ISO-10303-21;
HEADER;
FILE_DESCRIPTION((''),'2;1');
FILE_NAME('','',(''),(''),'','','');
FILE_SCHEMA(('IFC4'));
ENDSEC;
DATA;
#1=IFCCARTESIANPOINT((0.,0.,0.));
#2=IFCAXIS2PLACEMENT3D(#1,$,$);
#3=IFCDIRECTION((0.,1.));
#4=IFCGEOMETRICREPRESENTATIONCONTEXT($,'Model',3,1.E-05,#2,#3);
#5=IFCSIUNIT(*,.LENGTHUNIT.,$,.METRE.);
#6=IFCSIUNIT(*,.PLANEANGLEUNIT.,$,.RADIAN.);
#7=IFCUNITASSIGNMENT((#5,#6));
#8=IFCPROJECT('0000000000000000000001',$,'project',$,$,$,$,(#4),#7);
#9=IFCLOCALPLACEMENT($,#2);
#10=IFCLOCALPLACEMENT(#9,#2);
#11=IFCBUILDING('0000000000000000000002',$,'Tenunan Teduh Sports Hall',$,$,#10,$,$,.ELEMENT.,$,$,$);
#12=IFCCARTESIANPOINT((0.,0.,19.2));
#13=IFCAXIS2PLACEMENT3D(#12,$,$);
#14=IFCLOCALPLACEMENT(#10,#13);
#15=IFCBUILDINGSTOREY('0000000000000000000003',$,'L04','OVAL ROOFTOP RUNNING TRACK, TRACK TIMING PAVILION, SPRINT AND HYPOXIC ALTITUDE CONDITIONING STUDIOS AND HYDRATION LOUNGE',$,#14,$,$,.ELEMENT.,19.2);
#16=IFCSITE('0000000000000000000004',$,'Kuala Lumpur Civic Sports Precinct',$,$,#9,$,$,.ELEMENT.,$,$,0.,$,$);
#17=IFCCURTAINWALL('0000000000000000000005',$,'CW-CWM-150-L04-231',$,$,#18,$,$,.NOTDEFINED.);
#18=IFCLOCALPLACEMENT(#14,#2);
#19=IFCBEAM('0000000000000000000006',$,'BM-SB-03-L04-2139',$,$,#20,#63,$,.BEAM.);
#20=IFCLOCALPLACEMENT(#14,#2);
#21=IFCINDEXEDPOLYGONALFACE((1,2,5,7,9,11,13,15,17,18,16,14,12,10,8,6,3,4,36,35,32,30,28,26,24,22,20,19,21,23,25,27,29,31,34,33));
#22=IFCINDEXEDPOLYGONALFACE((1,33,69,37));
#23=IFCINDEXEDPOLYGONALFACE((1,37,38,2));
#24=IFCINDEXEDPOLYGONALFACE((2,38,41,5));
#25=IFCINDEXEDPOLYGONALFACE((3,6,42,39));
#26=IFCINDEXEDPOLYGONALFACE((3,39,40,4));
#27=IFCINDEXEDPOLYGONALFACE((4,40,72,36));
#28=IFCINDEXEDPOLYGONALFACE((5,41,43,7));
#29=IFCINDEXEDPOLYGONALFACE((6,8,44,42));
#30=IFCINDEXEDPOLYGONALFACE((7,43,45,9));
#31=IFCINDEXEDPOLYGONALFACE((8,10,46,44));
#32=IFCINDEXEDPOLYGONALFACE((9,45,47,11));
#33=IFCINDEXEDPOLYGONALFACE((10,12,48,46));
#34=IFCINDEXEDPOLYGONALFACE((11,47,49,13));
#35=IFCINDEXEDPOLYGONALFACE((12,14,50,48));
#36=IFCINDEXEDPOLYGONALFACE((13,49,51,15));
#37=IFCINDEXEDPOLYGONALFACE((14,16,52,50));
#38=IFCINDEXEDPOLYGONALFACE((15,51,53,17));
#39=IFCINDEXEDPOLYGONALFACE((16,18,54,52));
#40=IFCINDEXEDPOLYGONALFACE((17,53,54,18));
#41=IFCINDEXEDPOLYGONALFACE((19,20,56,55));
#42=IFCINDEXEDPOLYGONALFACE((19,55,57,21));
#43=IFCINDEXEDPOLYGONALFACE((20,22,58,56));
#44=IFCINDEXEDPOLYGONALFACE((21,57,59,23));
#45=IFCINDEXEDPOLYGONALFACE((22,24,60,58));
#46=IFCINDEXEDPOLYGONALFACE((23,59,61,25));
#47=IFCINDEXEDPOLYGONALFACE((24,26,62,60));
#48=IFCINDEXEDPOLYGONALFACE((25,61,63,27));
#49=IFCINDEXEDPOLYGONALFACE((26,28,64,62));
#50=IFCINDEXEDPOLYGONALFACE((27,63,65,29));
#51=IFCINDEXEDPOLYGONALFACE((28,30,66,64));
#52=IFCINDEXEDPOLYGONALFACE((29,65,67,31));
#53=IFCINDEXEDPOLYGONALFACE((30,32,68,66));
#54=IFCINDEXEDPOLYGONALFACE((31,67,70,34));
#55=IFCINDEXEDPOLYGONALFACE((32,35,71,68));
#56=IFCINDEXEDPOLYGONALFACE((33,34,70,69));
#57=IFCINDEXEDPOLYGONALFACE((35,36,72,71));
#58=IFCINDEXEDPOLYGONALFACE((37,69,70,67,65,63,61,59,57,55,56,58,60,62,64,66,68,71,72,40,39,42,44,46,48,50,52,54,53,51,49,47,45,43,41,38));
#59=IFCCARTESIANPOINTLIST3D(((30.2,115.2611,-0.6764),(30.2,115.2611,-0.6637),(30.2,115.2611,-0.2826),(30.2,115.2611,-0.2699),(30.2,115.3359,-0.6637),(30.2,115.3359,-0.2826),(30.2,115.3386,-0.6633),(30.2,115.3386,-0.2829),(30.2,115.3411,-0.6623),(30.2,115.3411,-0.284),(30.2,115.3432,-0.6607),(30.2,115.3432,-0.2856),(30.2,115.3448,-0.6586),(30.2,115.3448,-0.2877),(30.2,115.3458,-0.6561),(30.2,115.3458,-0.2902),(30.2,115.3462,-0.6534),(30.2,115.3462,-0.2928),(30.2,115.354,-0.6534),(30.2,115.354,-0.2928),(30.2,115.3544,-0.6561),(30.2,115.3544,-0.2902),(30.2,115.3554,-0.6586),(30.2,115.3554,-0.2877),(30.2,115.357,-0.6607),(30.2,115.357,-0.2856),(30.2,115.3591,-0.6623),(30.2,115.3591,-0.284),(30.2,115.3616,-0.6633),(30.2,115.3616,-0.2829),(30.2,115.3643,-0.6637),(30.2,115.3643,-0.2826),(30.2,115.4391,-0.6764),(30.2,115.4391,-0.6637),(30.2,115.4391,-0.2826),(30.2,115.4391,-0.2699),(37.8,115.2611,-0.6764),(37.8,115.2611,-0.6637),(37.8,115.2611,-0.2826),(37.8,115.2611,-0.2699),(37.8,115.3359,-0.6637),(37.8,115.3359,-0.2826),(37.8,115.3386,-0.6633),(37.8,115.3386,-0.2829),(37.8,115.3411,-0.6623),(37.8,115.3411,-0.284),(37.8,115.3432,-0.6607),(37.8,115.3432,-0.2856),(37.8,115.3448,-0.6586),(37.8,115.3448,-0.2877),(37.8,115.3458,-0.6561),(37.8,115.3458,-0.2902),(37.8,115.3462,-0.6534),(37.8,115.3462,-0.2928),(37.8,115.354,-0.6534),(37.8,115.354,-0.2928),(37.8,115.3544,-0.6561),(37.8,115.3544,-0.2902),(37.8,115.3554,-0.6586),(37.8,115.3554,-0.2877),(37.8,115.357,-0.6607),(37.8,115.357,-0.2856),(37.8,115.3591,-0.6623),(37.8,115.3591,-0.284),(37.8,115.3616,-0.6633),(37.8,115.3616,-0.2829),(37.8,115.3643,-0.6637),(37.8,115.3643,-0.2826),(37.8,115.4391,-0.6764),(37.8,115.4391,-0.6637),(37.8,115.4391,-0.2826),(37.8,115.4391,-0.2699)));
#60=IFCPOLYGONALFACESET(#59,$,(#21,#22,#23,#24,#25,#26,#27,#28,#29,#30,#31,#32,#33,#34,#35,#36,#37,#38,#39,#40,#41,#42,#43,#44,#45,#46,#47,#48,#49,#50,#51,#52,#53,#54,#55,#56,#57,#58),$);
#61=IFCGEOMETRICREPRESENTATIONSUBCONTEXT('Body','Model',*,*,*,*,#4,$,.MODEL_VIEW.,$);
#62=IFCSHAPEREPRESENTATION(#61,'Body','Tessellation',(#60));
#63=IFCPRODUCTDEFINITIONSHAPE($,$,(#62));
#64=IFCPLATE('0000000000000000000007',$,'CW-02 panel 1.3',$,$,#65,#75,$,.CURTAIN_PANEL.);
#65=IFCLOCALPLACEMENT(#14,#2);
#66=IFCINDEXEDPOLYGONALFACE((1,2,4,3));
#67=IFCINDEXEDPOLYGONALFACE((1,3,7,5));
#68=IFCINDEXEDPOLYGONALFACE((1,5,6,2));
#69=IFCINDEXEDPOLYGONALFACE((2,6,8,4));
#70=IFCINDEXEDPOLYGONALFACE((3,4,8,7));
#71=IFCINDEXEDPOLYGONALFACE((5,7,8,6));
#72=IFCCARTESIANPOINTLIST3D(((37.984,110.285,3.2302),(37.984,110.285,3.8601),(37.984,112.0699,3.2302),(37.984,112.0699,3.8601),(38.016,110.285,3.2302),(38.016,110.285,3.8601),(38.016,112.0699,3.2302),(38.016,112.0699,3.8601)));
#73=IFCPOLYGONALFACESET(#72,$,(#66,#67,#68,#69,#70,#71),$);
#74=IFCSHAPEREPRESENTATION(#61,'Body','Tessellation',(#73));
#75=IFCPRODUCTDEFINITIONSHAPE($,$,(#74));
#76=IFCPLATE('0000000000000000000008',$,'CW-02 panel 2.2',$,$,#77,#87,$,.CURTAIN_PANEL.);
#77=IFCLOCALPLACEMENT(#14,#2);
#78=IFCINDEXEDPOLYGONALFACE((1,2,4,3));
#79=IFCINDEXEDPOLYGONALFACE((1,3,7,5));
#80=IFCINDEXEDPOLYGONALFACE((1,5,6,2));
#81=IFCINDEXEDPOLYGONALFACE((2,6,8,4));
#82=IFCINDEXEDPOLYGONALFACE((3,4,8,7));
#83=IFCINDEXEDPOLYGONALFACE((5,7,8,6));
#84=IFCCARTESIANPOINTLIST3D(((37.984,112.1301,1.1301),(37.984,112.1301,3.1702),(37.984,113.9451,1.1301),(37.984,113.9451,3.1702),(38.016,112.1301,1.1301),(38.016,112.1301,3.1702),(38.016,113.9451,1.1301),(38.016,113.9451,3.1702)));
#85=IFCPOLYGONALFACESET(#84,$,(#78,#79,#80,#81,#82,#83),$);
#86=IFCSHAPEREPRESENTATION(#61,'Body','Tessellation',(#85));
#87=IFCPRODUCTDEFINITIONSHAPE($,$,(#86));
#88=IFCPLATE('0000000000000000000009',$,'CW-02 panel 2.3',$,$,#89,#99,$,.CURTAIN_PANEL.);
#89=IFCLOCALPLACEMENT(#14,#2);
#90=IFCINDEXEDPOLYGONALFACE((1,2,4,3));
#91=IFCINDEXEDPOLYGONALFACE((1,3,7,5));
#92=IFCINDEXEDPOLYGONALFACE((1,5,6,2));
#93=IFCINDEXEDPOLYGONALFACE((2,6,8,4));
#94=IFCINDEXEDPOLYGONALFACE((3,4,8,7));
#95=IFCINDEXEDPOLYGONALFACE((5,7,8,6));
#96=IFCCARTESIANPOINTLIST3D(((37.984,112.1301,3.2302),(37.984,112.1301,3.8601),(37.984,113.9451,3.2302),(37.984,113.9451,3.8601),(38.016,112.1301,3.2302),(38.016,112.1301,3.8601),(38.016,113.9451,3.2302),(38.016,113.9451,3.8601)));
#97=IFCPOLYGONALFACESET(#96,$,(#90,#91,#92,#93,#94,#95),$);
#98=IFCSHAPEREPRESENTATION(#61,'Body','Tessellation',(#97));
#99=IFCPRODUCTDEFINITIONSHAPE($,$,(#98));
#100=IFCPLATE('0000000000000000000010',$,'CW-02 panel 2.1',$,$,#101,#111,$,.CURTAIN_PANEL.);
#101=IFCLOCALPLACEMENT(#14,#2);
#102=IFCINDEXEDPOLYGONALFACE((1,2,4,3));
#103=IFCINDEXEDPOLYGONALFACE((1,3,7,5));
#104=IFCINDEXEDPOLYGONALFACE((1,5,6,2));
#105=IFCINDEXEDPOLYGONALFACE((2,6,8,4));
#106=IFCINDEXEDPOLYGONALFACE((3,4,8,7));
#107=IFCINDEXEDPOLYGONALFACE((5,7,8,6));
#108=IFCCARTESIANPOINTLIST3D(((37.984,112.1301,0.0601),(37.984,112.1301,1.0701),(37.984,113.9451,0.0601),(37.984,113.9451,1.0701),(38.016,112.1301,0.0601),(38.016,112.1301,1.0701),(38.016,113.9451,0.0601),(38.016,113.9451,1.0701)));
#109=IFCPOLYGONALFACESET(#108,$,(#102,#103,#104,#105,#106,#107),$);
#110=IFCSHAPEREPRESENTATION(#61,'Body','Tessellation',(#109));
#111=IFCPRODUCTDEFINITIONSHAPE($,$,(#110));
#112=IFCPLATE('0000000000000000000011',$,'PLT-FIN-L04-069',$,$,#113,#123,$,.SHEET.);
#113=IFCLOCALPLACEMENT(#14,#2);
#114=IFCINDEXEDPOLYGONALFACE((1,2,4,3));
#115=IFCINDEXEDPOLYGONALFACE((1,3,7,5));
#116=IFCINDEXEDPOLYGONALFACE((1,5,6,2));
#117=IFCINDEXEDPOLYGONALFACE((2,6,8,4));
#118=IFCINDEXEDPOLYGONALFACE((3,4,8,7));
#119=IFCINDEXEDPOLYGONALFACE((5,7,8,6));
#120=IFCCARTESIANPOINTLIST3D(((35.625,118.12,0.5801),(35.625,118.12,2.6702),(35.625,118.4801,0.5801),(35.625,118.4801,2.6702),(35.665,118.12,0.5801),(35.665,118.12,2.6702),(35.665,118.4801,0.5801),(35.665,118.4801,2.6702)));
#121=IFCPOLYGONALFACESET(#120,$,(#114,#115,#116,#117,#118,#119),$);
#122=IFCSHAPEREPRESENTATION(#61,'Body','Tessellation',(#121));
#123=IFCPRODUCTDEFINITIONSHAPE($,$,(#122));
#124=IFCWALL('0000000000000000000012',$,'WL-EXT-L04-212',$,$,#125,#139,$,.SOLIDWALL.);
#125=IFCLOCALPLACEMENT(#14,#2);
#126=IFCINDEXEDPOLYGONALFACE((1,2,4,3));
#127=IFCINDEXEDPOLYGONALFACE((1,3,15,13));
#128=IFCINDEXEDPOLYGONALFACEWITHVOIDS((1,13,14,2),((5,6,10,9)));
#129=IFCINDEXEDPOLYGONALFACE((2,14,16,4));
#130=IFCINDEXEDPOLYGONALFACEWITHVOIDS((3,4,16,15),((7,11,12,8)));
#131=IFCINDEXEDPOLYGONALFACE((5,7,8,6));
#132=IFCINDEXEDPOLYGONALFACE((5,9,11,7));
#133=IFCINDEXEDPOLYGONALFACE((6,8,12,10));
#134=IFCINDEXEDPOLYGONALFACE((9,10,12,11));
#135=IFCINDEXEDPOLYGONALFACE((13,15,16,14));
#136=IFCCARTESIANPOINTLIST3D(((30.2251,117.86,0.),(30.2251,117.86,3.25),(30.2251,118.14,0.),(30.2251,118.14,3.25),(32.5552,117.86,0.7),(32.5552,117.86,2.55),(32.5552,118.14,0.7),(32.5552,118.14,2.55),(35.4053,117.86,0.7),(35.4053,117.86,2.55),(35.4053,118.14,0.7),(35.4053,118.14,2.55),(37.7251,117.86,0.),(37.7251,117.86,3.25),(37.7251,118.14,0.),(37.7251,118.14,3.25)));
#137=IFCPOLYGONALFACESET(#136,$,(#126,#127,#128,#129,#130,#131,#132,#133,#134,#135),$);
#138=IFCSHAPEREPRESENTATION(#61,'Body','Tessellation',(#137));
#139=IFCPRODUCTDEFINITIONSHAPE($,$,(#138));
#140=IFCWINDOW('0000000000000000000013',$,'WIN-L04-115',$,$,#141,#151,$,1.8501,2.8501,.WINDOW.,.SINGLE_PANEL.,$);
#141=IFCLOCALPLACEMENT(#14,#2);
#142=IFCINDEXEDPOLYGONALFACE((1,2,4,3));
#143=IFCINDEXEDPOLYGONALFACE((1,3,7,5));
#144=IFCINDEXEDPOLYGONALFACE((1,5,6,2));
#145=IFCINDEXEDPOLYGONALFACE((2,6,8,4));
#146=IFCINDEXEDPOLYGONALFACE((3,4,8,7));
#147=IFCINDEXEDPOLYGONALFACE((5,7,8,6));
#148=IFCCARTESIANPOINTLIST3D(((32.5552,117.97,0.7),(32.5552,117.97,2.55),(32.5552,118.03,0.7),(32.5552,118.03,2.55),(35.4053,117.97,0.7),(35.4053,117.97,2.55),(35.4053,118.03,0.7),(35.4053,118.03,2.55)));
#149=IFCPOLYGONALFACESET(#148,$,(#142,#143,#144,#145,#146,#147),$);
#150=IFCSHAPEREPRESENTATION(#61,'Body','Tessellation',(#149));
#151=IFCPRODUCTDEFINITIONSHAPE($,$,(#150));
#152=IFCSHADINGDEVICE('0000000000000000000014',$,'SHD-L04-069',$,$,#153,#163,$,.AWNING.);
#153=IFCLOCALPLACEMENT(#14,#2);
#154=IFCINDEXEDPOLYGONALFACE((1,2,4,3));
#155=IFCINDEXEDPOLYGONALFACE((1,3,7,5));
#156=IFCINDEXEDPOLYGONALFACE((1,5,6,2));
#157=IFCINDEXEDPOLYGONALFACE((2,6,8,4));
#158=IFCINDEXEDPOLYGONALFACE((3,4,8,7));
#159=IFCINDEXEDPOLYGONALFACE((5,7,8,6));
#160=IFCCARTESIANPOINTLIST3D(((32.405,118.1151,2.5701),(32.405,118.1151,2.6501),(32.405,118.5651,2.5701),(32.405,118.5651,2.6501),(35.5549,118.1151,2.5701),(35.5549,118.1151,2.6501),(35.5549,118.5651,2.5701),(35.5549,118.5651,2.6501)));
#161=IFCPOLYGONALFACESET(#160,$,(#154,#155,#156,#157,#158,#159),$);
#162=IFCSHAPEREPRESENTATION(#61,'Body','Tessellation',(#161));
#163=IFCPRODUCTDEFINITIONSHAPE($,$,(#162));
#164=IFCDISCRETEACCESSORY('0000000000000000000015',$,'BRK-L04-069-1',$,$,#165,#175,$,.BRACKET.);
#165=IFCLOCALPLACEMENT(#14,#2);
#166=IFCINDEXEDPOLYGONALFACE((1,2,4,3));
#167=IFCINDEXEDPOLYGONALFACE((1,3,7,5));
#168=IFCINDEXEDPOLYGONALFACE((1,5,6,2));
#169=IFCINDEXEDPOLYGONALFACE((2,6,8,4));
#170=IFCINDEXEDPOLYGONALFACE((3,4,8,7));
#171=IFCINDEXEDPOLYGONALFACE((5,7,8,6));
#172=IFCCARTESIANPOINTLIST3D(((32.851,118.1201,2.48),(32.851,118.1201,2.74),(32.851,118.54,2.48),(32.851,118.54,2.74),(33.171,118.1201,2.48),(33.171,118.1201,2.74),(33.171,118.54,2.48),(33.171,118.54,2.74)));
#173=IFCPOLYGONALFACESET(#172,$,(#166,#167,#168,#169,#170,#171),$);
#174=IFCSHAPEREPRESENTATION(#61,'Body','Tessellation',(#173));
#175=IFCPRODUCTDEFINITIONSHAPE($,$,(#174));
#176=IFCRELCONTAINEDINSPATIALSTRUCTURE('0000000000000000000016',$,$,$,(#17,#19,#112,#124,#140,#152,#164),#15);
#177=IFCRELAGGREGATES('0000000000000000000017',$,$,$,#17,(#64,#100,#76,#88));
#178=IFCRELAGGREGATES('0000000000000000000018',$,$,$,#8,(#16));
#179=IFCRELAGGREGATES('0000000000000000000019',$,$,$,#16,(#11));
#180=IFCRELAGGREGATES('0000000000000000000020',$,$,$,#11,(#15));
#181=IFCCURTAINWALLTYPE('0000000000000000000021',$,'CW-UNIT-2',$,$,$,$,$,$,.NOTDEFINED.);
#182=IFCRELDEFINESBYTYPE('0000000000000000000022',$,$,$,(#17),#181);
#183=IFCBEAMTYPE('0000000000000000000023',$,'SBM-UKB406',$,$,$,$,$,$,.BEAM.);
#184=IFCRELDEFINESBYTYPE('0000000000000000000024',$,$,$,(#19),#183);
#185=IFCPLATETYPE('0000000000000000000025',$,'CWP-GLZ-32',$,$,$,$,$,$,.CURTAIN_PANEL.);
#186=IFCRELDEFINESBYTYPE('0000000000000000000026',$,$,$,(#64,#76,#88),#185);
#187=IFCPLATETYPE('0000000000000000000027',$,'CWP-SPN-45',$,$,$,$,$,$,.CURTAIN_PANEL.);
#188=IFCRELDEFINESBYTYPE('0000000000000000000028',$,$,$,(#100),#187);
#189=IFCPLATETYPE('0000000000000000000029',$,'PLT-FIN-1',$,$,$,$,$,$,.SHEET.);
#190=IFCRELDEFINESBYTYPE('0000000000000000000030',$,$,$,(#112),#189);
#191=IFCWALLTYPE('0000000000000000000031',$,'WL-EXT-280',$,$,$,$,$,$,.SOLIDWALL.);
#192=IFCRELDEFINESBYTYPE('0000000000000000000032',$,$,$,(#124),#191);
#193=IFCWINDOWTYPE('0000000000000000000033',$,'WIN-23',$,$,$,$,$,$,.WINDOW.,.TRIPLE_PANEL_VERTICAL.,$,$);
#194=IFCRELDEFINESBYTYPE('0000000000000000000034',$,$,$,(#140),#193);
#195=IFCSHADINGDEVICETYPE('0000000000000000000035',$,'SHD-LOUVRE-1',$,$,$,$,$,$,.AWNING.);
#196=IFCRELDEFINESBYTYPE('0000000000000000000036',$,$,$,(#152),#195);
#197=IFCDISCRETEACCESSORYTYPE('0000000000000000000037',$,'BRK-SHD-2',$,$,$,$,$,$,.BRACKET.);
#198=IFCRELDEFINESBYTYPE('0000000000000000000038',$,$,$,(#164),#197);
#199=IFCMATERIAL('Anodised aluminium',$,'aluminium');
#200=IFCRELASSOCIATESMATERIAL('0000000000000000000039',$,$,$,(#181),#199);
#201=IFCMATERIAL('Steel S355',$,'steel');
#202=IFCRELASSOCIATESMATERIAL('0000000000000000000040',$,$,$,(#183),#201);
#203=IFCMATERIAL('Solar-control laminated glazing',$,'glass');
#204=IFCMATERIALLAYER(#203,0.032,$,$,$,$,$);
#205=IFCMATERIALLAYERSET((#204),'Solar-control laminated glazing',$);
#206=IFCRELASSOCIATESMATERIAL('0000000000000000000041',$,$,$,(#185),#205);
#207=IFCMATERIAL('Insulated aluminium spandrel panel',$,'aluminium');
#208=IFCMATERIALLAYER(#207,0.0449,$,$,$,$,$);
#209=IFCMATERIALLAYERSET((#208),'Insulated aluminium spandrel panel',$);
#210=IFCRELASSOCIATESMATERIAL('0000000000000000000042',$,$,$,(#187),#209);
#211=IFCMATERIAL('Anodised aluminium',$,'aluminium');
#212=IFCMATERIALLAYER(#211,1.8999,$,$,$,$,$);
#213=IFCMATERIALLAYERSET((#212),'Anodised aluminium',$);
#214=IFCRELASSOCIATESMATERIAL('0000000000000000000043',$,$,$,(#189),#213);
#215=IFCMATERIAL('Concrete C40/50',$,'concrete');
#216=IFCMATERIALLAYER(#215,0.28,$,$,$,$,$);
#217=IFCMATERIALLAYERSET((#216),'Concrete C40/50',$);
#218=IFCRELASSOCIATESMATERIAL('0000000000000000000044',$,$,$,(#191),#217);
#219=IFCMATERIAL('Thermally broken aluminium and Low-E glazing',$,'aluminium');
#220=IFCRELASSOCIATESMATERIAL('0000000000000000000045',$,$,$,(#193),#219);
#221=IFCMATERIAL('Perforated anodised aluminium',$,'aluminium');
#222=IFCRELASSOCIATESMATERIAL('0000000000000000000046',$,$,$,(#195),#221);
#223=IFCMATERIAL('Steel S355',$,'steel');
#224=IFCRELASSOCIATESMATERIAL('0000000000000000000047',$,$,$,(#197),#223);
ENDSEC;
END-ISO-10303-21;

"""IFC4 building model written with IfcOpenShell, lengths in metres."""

from ifc_helpers import new_model, si_unit, direction, frame, frame_2d, origin, origin_2d, place, context, subcontext, project, spatial, rectangle, i_section, extrude, material, layer, layer_set, material_profile, profile_set, type_object, element, fill, aggregate, save


model = new_model("IFC4")

# Units and contexts
model_context = context("Model", 3, precision=1e-05, world=origin(), true_north=direction((0.0, 1.0)))
body_context = subcontext(model_context, "Body", "Model", "MODEL_VIEW")
ifc_project = project(units=[si_unit("LENGTHUNIT", "METRE"), si_unit("PLANEANGLEUNIT", "RADIAN")], contexts=[model_context])

# Site, building, storey
site_placement = place(None, origin())
site = spatial("IfcSite", under=ifc_project, at=site_placement, Name="Kuala Lumpur Civic Sports Precinct", CompositionType="ELEMENT", RefElevation=0.0)
building_placement = place(site_placement, origin())
building = spatial("IfcBuilding", under=site, at=building_placement, Name="Tenunan Teduh Sports Hall", CompositionType="ELEMENT")
storey_placement = place(building_placement, frame((0.0, 0.0, 19.2)))
storey = spatial("IfcBuildingStorey", under=building, at=storey_placement, Name="L04", Description="OVAL ROOFTOP RUNNING TRACK, TRACK TIMING PAVILION, SPRINT AND HYPOXIC ALTITUDE CONDITIONING STUDIOS AND HYDRATION LOUNGE", CompositionType="ELEMENT", Elevation=19.2)

# Curtain wall
ifc_material_1 = material(Name="Anodised aluminium", Category="aluminium")
curtain_wall_type = type_object("IfcCurtainWallType", Name="CW-UNIT-2", PredefinedType="NOTDEFINED", material=ifc_material_1)
curtain_wall_placement = place(storey_placement, origin())
curtain_wall = element("IfcCurtainWall", 1, at=curtain_wall_placement, inside=storey, type_object=curtain_wall_type, Name="CW-CWM-150-L04-231", PredefinedType="NOTDEFINED")

# Beam
ifc_material_2 = material(Name="Steel S355", Category="steel")
ifc_material_profile_1 = material_profile(ifc_material_2, i_section(OverallWidth=0.178, OverallDepth=0.4065, WebThickness=0.0078, FlangeThickness=0.0127, FilletRadius=0.0103, at=origin_2d()), Name="UKB 406x178x60")
ifc_profile_set_1 = profile_set([ifc_material_profile_1], Name="Steel S355")
beam_type_1 = type_object("IfcBeamType", Name="SBM-UKB406", PredefinedType="BEAM", material=ifc_profile_set_1)
beam_1_placement = place(storey_placement, frame((30.2, 115.3501, -0.4731), z_axis=(1.0, 0.0, 0.0), x_axis=(0.0, 1.0, 0.0)))
element("IfcBeam", 2, at=beam_1_placement, inside=storey, type_object=beam_type_1, Name="BM-SB-03-L04-2139", PredefinedType="BEAM", context=body_context, shape_type="SweptSolid", body=[
    extrude(i_section(OverallWidth=0.178, OverallDepth=0.4065, WebThickness=0.0078, FlangeThickness=0.0127, FilletRadius=0.0103, at=origin_2d()), origin(), (0.0, 0.0, 1.0), 7.6001),
])

# Plates
ifc_material_3 = material(Name="Solar-control laminated glazing", Category="glass")
ifc_layer_1 = layer(ifc_material_3, 0.032)
ifc_layer_set_1 = layer_set([ifc_layer_1], Name="Solar-control laminated glazing")
plate_type_1 = type_object("IfcPlateType", Name="CWP-GLZ-32", PredefinedType="CURTAIN_PANEL", material=ifc_layer_set_1)
plate_1_placement = place(storey_placement, frame((38.0, 111.1775, 3.2302), z_axis=(0.0, 0.0, 1.0), x_axis=(0.0, 1.0, 0.0)))
plate_1 = element("IfcPlate", 3, at=plate_1_placement, type_object=plate_type_1, Name="CW-02 panel 1.3", PredefinedType="CURTAIN_PANEL", context=body_context, shape_type="SweptSolid", body=[
    extrude(rectangle(XDim=1.7849, YDim=0.032, at=origin_2d()), origin(), (0.0, 0.0, 1.0), 0.6299),
])
plate_2_placement = place(storey_placement, frame((38.0, 113.0376, 1.1301), z_axis=(0.0, 0.0, 1.0), x_axis=(0.0, 1.0, 0.0)))
plate_2 = element("IfcPlate", 4, at=plate_2_placement, type_object=plate_type_1, Name="CW-02 panel 2.2", PredefinedType="CURTAIN_PANEL", context=body_context, shape_type="SweptSolid", body=[
    extrude(rectangle(XDim=1.8149, YDim=0.032, at=origin_2d()), origin(), (0.0, 0.0, 1.0), 2.04),
])
plate_3_placement = place(storey_placement, frame((38.0, 113.0376, 3.2302), z_axis=(0.0, 0.0, 1.0), x_axis=(0.0, 1.0, 0.0)))
plate_3 = element("IfcPlate", 5, at=plate_3_placement, type_object=plate_type_1, Name="CW-02 panel 2.3", PredefinedType="CURTAIN_PANEL", context=body_context, shape_type="SweptSolid", body=[
    extrude(rectangle(XDim=1.8149, YDim=0.032, at=origin_2d()), origin(), (0.0, 0.0, 1.0), 0.6299),
])
ifc_material_4 = material(Name="Insulated aluminium spandrel panel", Category="aluminium")
ifc_layer_2 = layer(ifc_material_4, 0.0449)
ifc_layer_set_2 = layer_set([ifc_layer_2], Name="Insulated aluminium spandrel panel")
plate_type_2 = type_object("IfcPlateType", Name="CWP-SPN-45", PredefinedType="CURTAIN_PANEL", material=ifc_layer_set_2)
plate_4_placement = place(storey_placement, frame((38.0, 113.0376, 0.0601), z_axis=(0.0, 0.0, 1.0), x_axis=(0.0, 1.0, 0.0)))
plate_4 = element("IfcPlate", 6, at=plate_4_placement, type_object=plate_type_2, Name="CW-02 panel 2.1", PredefinedType="CURTAIN_PANEL", context=body_context, shape_type="SweptSolid", body=[
    extrude(rectangle(XDim=1.8149, YDim=0.032, at=origin_2d()), origin(), (0.0, 0.0, 1.0), 1.01),
])
aggregate(curtain_wall, [plate_1, plate_4, plate_2, plate_3])
ifc_material_5 = material(Name="Anodised aluminium", Category="aluminium")
ifc_layer_3 = layer(ifc_material_5, 1.8999)
ifc_layer_set_3 = layer_set([ifc_layer_3], Name="Anodised aluminium")
plate_type_3 = type_object("IfcPlateType", Name="PLT-FIN-1", PredefinedType="SHEET", material=ifc_layer_set_3)
plate_5_placement = place(storey_placement, frame((35.645, 118.3, 0.5801), z_axis=(0.0, 0.0, 1.0), x_axis=(1.0, 0.0, 0.0)))
element("IfcPlate", 7, at=plate_5_placement, inside=storey, type_object=plate_type_3, Name="PLT-FIN-L04-069", PredefinedType="SHEET", context=body_context, shape_type="SweptSolid", body=[
    extrude(rectangle(XDim=0.04, YDim=0.3601, at=origin_2d()), origin(), (0.0, 0.0, 1.0), 2.0901),
])

# Wall, opening, window
ifc_material_6 = material(Name="Concrete C40/50", Category="concrete")
ifc_layer_4 = layer(ifc_material_6, 0.28)
ifc_layer_set_4 = layer_set([ifc_layer_4], Name="Concrete C40/50")
wall_type = type_object("IfcWallType", Name="WL-EXT-280", PredefinedType="SOLIDWALL", material=ifc_layer_set_4)
wall_placement = place(storey_placement, frame((30.2251, 118.0, 0.0), z_axis=(0.0, 0.0, 1.0), x_axis=(1.0, 0.0, 0.0)))
wall = element("IfcWall", 8, at=wall_placement, inside=storey, type_object=wall_type, Name="WL-EXT-L04-212", PredefinedType="SOLIDWALL", context=body_context, shape_type="SweptSolid", body=[
    extrude(rectangle(XDim=7.5, YDim=0.28, at=frame_2d((3.75, 0.0))), origin(), (0.0, 0.0, 1.0), 3.25),
])
opening_placement = place(wall_placement, frame((2.3301, 0.0, 0.7)))
opening = element("IfcOpeningElement", 9, at=opening_placement, cuts=wall, PredefinedType="OPENING", context=body_context, shape_type="SweptSolid", body=[
    extrude(rectangle(XDim=2.8501, YDim=1.8501, at=frame_2d((1.425, 0.925))), frame((0.0, 0.1499, 0.0), z_axis=(0.0, -1.0, 0.0), x_axis=(1.0, 0.0, 0.0)), (0.0, 0.0, 1.0), 0.3),
])
ifc_material_7 = material(Name="Thermally broken aluminium and Low-E glazing", Category="aluminium")
window_type = type_object("IfcWindowType", Name="WIN-23", PartitioningType="TRIPLE_PANEL_VERTICAL", PredefinedType="WINDOW", material=ifc_material_7)
window_placement = place(opening_placement, origin())
window = element("IfcWindow", 10, at=window_placement, inside=storey, type_object=window_type, Name="WIN-L04-115", OverallHeight=1.8501, OverallWidth=2.8501, PartitioningType="SINGLE_PANEL", PredefinedType="WINDOW", context=body_context, shape_type="SweptSolid", body=[
    extrude(rectangle(XDim=2.8501, YDim=1.8501, at=frame_2d((1.425, 0.925))), frame((0.0, 0.03, 0.0), z_axis=(0.0, -1.0, 0.0), x_axis=(1.0, 0.0, 0.0)), (0.0, 0.0, 1.0), 0.0601),
])
fill(opening, window)

# Shading device
ifc_material_8 = material(Name="Perforated anodised aluminium", Category="aluminium")
shading_device_type = type_object("IfcShadingDeviceType", Name="SHD-LOUVRE-1", PredefinedType="AWNING", material=ifc_material_8)
shading_device_placement = place(storey_placement, frame((33.98, 118.3401, 2.5701), z_axis=(0.0, 0.0, 1.0), x_axis=(1.0, 0.0, 0.0)))
element("IfcShadingDevice", 11, at=shading_device_placement, inside=storey, type_object=shading_device_type, Name="SHD-L04-069", PredefinedType="AWNING", context=body_context, shape_type="SweptSolid", body=[
    extrude(rectangle(XDim=3.1499, YDim=0.45, at=origin_2d()), origin(), (0.0, 0.0, 1.0), 0.0801),
])

# Discrete accessory
ifc_material_9 = material(Name="Steel S355", Category="steel")
discrete_accessory_type = type_object("IfcDiscreteAccessoryType", Name="BRK-SHD-2", PredefinedType="BRACKET", material=ifc_material_9)
for number, where, z_axis, x_axis, name in (
    (12, (33.011, 118.3301, 2.48), (0.0, 0.0, 1.0), (1.0, 0.0, 0.0), "BRK-L04-069-1"),
):
    element("IfcDiscreteAccessory", number, at=place(storey_placement, frame(where, z_axis=z_axis, x_axis=x_axis)), inside=storey, type_object=discrete_accessory_type, Name=name, PredefinedType="BRACKET", context=body_context, shape_type="SweptSolid", body=[
        extrude(rectangle(XDim=0.3201, YDim=0.4199, at=origin_2d()), origin(), (0.0, 0.0, 1.0), 0.26),
    ])

save(model, "model.ifc")
